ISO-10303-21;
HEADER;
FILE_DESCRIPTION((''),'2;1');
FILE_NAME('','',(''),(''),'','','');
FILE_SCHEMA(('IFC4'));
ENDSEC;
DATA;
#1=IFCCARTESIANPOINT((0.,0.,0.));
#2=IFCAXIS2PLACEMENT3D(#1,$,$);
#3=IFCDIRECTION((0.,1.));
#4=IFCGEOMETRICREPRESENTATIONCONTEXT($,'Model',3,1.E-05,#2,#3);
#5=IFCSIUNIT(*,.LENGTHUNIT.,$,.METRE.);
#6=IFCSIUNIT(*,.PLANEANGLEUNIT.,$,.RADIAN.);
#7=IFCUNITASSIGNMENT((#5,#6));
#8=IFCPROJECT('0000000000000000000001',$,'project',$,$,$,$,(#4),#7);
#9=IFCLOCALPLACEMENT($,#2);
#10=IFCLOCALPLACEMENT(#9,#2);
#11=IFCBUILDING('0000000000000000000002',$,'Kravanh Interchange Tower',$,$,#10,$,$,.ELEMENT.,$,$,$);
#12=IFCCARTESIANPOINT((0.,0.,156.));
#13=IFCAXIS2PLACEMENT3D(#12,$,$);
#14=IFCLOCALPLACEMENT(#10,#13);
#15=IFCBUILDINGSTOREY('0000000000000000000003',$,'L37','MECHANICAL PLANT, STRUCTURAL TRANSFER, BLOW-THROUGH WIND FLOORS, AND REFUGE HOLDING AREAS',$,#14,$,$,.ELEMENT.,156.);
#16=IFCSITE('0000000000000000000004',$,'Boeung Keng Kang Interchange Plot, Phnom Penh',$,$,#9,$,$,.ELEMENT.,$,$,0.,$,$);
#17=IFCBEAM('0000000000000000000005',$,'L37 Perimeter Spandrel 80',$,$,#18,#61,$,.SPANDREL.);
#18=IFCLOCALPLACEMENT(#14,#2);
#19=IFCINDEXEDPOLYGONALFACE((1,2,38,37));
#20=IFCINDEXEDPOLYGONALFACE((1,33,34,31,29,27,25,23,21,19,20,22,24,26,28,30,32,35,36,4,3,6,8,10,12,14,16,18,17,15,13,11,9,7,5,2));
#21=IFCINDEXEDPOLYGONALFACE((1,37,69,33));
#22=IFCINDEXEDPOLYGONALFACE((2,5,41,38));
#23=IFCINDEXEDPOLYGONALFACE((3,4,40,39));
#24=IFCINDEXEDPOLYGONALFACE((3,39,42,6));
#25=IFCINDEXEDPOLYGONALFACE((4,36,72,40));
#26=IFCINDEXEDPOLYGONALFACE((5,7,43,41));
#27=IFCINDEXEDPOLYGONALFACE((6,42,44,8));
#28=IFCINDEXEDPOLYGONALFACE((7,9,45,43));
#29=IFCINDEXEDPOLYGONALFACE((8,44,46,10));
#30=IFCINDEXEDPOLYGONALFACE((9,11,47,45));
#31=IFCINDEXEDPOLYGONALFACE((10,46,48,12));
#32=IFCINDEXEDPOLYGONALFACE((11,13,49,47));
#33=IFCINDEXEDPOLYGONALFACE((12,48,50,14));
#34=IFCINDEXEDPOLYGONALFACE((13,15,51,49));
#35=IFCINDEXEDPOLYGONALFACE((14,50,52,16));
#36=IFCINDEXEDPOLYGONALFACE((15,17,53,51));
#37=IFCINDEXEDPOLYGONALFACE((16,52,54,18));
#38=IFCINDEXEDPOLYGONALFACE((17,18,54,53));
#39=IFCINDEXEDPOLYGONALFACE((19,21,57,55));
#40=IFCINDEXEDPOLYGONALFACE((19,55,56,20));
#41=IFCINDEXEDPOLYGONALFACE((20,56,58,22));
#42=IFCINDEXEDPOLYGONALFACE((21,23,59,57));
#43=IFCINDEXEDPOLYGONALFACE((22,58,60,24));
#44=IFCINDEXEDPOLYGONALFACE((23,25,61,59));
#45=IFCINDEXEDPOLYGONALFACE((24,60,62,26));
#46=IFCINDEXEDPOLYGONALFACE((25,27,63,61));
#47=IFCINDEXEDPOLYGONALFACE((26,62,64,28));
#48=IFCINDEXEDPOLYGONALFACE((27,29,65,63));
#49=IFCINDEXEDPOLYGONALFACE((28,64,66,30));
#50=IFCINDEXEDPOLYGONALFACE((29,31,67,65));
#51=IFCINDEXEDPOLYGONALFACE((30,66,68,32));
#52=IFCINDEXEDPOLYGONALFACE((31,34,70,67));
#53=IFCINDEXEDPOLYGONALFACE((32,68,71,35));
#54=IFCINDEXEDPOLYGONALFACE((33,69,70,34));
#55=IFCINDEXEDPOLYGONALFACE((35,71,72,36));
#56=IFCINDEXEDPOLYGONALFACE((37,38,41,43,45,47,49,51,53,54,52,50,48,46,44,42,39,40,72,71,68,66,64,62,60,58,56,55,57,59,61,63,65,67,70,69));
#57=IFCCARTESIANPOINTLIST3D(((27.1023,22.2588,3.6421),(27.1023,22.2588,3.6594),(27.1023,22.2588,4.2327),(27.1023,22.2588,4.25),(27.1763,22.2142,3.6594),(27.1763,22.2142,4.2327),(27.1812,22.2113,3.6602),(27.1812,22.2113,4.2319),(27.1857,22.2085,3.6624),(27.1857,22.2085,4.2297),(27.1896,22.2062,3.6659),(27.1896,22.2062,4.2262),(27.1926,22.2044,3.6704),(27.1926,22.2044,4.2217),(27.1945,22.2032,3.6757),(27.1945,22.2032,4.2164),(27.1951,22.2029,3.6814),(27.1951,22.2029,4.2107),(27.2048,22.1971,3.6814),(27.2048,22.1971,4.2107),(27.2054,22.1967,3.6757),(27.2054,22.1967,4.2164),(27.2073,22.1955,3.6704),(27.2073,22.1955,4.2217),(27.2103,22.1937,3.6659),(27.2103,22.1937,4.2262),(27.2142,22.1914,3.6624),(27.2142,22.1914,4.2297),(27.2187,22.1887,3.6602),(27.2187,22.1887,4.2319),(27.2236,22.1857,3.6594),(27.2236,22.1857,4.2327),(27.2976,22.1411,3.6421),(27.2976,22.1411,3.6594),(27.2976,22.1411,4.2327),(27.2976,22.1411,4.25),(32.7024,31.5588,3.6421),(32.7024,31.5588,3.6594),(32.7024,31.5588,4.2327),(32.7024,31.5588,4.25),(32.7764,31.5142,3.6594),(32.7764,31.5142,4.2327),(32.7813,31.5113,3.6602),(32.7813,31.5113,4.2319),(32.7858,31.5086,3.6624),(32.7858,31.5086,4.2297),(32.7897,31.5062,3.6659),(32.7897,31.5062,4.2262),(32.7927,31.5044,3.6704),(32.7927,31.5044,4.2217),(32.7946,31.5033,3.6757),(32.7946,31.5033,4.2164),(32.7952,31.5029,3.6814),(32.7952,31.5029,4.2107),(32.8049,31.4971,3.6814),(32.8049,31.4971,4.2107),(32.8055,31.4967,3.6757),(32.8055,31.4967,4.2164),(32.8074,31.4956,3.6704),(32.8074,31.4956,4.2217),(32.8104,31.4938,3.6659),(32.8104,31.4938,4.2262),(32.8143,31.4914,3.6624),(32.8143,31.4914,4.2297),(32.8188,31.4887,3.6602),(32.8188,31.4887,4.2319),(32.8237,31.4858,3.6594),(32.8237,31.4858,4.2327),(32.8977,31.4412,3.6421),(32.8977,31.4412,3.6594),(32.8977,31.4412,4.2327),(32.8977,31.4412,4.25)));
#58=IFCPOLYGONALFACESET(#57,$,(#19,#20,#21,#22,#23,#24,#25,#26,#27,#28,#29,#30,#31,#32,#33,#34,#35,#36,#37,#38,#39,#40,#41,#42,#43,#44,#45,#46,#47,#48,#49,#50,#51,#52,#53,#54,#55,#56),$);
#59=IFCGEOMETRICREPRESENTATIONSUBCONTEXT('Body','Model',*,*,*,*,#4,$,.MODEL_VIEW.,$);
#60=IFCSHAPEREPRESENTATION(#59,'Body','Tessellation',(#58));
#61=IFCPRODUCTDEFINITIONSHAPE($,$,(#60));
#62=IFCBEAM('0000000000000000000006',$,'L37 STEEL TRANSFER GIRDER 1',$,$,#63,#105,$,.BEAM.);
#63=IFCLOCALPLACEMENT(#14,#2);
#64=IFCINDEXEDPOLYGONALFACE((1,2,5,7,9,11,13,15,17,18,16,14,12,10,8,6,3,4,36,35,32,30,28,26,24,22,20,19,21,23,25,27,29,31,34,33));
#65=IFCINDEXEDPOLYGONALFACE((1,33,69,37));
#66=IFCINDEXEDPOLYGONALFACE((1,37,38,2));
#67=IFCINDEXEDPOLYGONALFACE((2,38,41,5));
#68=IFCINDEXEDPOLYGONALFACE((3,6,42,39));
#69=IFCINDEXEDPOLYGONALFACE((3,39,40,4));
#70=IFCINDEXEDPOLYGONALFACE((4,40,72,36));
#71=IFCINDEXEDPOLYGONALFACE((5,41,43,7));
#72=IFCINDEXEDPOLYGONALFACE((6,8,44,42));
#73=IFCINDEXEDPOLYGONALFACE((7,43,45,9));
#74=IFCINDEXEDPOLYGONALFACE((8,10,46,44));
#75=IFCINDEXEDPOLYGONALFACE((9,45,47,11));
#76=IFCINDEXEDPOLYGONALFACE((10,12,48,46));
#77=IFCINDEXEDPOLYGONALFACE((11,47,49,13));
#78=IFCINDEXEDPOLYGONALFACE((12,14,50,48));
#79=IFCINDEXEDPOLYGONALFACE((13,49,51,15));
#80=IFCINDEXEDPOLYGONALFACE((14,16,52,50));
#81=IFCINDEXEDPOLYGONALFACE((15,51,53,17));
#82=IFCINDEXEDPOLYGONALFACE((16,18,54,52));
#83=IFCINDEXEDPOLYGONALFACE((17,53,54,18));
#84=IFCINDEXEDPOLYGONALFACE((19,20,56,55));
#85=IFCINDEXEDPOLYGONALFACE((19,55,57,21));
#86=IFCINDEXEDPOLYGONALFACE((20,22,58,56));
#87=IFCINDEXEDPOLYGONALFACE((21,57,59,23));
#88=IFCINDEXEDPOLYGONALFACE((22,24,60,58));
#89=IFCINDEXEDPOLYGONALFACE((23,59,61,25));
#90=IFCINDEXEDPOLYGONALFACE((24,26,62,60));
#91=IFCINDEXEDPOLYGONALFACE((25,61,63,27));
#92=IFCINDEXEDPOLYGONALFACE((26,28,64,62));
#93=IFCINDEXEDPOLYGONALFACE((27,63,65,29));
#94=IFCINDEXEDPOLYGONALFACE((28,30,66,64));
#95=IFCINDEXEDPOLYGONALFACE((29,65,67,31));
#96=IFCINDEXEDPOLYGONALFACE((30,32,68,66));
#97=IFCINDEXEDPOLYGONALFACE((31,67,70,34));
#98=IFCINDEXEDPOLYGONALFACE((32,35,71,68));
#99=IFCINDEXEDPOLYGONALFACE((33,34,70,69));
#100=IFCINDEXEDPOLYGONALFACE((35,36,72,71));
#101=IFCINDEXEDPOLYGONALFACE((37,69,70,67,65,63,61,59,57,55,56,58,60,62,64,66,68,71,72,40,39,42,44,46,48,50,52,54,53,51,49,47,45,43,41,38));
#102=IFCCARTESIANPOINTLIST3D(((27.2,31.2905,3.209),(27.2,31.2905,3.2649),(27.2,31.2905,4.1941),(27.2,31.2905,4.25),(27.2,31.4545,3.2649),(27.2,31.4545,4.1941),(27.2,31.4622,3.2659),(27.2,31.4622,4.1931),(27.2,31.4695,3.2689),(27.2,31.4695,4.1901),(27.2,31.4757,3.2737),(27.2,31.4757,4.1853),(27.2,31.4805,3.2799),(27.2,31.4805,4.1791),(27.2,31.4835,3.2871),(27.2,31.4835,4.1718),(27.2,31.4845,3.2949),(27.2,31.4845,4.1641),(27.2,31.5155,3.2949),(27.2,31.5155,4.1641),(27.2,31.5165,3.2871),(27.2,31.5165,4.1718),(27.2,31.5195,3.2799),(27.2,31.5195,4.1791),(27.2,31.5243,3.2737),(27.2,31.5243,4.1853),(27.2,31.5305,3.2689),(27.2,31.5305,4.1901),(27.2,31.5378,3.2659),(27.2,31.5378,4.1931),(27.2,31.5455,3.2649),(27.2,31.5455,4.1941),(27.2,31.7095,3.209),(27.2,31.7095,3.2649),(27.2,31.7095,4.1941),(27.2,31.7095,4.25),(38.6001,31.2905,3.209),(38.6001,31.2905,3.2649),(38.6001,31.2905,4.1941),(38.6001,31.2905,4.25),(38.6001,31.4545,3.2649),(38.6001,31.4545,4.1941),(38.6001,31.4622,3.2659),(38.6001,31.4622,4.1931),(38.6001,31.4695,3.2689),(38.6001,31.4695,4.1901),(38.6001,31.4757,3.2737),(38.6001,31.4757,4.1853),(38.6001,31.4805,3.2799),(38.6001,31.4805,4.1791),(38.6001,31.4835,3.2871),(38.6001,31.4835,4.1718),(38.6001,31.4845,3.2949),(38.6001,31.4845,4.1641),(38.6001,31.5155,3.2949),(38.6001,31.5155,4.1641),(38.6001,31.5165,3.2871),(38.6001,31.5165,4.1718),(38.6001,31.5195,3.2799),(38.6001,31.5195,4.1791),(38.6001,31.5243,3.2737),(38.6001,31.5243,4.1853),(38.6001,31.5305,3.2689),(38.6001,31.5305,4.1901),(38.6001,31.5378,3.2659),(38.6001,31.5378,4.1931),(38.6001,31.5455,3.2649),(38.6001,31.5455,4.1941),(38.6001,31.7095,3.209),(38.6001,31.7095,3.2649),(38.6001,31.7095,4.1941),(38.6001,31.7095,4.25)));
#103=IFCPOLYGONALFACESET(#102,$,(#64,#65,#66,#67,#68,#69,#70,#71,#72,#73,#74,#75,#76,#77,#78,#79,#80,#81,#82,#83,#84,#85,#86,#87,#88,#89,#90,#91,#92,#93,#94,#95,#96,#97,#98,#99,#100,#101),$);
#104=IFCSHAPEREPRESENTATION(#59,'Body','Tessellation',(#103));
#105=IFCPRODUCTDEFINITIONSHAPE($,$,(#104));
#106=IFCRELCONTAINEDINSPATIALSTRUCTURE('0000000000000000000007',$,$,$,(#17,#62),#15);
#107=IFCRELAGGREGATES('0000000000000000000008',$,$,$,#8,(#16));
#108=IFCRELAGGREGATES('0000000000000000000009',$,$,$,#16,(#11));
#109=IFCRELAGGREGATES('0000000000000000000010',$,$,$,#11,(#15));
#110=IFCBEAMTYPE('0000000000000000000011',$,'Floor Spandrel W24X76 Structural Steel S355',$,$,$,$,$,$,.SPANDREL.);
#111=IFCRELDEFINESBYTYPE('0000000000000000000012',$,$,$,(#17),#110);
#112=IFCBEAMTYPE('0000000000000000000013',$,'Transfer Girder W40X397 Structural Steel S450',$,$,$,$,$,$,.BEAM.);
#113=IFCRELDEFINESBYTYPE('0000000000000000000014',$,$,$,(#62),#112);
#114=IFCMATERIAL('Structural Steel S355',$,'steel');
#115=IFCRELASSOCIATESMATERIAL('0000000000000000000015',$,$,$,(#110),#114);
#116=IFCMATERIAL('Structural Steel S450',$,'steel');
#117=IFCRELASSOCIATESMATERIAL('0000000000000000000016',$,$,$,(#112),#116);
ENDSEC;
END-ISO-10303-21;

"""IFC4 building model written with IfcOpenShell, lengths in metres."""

from ifc_helpers import new_model, si_unit, direction, frame, origin, origin_2d, place, context, subcontext, project, spatial, i_section, extrude, material, material_profile, profile_set, type_object, element, save


model = new_model("IFC4")

# Units and contexts
model_context = context("Model", 3, precision=1e-05, world=origin(), true_north=direction((0.0, 1.0)))
body_context = subcontext(model_context, "Body", "Model", "MODEL_VIEW")
ifc_project = project(units=[si_unit("LENGTHUNIT", "METRE"), si_unit("PLANEANGLEUNIT", "RADIAN")], contexts=[model_context])

# Site, building, storey
site_placement = place(None, origin())
site = spatial("IfcSite", under=ifc_project, at=site_placement, Name="Boeung Keng Kang Interchange Plot, Phnom Penh", CompositionType="ELEMENT", RefElevation=0.0)
building_placement = place(site_placement, origin())
building = spatial("IfcBuilding", under=site, at=building_placement, Name="Kravanh Interchange Tower", CompositionType="ELEMENT")
storey_placement = place(building_placement, frame((0.0, 0.0, 156.0)))
storey = spatial("IfcBuildingStorey", under=building, at=storey_placement, Name="L37", Description="MECHANICAL PLANT, STRUCTURAL TRANSFER, BLOW-THROUGH WIND FLOORS, AND REFUGE HOLDING AREAS", CompositionType="ELEMENT", Elevation=156.0)

# Beams
ifc_material_1 = material(Name="Structural Steel S355", Category="steel")
ifc_material_profile_1 = material_profile(ifc_material_1, i_section(OverallWidth=0.228, OverallDepth=0.6079, WebThickness=0.0112, FlangeThickness=0.0173, FilletRadius=0.022, at=origin_2d()), Name="W24X76")
ifc_profile_set_1 = profile_set([ifc_material_profile_1], Name="Structural Steel S355")
beam_type_1 = type_object("IfcBeamType", Name="Floor Spandrel W24X76 Structural Steel S355", PredefinedType="SPANDREL", material=ifc_profile_set_1)
beam_1_placement = place(storey_placement, frame((32.8, 31.5, 3.946), z_axis=(-0.515854, -0.856676, 0.0), x_axis=(0.856676, -0.515854, 0.0)))
element("IfcBeam", 1, at=beam_1_placement, inside=storey, type_object=beam_type_1, Name="L37 Perimeter Spandrel 80", PredefinedType="SPANDREL", context=body_context, shape_type="SweptSolid", body=[
    extrude(i_section(OverallWidth=0.228, OverallDepth=0.6079, WebThickness=0.0112, FlangeThickness=0.0173, FilletRadius=0.022, at=origin_2d()), origin(), (0.0, 0.0, 1.0), 10.856),
])
ifc_material_2 = material(Name="Structural Steel S450", Category="steel")
ifc_material_profile_2 = material_profile(ifc_material_2, i_section(OverallWidth=0.4189, OverallDepth=1.041, WebThickness=0.031, FlangeThickness=0.0559, FilletRadius=0.03, at=origin_2d()), Name="W40X397")
ifc_profile_set_2 = profile_set([ifc_material_profile_2], Name="Structural Steel S450")
beam_type_2 = type_object("IfcBeamType", Name="Transfer Girder W40X397 Structural Steel S450", PredefinedType="BEAM", material=ifc_profile_set_2)
beam_2_placement = place(storey_placement, frame((27.2, 31.5, 3.7295), z_axis=(1.0, 0.0, 0.0), x_axis=(0.0, 1.0, 0.0)))
element("IfcBeam", 2, at=beam_2_placement, inside=storey, type_object=beam_type_2, Name="L37 STEEL TRANSFER GIRDER 1", PredefinedType="BEAM", context=body_context, shape_type="SweptSolid", body=[
    extrude(i_section(OverallWidth=0.4189, OverallDepth=1.041, WebThickness=0.031, FlangeThickness=0.0559, FilletRadius=0.03, at=origin_2d()), origin(), (0.0, 0.0, 1.0), 11.4001),
])

save(model, "model.ifc")
